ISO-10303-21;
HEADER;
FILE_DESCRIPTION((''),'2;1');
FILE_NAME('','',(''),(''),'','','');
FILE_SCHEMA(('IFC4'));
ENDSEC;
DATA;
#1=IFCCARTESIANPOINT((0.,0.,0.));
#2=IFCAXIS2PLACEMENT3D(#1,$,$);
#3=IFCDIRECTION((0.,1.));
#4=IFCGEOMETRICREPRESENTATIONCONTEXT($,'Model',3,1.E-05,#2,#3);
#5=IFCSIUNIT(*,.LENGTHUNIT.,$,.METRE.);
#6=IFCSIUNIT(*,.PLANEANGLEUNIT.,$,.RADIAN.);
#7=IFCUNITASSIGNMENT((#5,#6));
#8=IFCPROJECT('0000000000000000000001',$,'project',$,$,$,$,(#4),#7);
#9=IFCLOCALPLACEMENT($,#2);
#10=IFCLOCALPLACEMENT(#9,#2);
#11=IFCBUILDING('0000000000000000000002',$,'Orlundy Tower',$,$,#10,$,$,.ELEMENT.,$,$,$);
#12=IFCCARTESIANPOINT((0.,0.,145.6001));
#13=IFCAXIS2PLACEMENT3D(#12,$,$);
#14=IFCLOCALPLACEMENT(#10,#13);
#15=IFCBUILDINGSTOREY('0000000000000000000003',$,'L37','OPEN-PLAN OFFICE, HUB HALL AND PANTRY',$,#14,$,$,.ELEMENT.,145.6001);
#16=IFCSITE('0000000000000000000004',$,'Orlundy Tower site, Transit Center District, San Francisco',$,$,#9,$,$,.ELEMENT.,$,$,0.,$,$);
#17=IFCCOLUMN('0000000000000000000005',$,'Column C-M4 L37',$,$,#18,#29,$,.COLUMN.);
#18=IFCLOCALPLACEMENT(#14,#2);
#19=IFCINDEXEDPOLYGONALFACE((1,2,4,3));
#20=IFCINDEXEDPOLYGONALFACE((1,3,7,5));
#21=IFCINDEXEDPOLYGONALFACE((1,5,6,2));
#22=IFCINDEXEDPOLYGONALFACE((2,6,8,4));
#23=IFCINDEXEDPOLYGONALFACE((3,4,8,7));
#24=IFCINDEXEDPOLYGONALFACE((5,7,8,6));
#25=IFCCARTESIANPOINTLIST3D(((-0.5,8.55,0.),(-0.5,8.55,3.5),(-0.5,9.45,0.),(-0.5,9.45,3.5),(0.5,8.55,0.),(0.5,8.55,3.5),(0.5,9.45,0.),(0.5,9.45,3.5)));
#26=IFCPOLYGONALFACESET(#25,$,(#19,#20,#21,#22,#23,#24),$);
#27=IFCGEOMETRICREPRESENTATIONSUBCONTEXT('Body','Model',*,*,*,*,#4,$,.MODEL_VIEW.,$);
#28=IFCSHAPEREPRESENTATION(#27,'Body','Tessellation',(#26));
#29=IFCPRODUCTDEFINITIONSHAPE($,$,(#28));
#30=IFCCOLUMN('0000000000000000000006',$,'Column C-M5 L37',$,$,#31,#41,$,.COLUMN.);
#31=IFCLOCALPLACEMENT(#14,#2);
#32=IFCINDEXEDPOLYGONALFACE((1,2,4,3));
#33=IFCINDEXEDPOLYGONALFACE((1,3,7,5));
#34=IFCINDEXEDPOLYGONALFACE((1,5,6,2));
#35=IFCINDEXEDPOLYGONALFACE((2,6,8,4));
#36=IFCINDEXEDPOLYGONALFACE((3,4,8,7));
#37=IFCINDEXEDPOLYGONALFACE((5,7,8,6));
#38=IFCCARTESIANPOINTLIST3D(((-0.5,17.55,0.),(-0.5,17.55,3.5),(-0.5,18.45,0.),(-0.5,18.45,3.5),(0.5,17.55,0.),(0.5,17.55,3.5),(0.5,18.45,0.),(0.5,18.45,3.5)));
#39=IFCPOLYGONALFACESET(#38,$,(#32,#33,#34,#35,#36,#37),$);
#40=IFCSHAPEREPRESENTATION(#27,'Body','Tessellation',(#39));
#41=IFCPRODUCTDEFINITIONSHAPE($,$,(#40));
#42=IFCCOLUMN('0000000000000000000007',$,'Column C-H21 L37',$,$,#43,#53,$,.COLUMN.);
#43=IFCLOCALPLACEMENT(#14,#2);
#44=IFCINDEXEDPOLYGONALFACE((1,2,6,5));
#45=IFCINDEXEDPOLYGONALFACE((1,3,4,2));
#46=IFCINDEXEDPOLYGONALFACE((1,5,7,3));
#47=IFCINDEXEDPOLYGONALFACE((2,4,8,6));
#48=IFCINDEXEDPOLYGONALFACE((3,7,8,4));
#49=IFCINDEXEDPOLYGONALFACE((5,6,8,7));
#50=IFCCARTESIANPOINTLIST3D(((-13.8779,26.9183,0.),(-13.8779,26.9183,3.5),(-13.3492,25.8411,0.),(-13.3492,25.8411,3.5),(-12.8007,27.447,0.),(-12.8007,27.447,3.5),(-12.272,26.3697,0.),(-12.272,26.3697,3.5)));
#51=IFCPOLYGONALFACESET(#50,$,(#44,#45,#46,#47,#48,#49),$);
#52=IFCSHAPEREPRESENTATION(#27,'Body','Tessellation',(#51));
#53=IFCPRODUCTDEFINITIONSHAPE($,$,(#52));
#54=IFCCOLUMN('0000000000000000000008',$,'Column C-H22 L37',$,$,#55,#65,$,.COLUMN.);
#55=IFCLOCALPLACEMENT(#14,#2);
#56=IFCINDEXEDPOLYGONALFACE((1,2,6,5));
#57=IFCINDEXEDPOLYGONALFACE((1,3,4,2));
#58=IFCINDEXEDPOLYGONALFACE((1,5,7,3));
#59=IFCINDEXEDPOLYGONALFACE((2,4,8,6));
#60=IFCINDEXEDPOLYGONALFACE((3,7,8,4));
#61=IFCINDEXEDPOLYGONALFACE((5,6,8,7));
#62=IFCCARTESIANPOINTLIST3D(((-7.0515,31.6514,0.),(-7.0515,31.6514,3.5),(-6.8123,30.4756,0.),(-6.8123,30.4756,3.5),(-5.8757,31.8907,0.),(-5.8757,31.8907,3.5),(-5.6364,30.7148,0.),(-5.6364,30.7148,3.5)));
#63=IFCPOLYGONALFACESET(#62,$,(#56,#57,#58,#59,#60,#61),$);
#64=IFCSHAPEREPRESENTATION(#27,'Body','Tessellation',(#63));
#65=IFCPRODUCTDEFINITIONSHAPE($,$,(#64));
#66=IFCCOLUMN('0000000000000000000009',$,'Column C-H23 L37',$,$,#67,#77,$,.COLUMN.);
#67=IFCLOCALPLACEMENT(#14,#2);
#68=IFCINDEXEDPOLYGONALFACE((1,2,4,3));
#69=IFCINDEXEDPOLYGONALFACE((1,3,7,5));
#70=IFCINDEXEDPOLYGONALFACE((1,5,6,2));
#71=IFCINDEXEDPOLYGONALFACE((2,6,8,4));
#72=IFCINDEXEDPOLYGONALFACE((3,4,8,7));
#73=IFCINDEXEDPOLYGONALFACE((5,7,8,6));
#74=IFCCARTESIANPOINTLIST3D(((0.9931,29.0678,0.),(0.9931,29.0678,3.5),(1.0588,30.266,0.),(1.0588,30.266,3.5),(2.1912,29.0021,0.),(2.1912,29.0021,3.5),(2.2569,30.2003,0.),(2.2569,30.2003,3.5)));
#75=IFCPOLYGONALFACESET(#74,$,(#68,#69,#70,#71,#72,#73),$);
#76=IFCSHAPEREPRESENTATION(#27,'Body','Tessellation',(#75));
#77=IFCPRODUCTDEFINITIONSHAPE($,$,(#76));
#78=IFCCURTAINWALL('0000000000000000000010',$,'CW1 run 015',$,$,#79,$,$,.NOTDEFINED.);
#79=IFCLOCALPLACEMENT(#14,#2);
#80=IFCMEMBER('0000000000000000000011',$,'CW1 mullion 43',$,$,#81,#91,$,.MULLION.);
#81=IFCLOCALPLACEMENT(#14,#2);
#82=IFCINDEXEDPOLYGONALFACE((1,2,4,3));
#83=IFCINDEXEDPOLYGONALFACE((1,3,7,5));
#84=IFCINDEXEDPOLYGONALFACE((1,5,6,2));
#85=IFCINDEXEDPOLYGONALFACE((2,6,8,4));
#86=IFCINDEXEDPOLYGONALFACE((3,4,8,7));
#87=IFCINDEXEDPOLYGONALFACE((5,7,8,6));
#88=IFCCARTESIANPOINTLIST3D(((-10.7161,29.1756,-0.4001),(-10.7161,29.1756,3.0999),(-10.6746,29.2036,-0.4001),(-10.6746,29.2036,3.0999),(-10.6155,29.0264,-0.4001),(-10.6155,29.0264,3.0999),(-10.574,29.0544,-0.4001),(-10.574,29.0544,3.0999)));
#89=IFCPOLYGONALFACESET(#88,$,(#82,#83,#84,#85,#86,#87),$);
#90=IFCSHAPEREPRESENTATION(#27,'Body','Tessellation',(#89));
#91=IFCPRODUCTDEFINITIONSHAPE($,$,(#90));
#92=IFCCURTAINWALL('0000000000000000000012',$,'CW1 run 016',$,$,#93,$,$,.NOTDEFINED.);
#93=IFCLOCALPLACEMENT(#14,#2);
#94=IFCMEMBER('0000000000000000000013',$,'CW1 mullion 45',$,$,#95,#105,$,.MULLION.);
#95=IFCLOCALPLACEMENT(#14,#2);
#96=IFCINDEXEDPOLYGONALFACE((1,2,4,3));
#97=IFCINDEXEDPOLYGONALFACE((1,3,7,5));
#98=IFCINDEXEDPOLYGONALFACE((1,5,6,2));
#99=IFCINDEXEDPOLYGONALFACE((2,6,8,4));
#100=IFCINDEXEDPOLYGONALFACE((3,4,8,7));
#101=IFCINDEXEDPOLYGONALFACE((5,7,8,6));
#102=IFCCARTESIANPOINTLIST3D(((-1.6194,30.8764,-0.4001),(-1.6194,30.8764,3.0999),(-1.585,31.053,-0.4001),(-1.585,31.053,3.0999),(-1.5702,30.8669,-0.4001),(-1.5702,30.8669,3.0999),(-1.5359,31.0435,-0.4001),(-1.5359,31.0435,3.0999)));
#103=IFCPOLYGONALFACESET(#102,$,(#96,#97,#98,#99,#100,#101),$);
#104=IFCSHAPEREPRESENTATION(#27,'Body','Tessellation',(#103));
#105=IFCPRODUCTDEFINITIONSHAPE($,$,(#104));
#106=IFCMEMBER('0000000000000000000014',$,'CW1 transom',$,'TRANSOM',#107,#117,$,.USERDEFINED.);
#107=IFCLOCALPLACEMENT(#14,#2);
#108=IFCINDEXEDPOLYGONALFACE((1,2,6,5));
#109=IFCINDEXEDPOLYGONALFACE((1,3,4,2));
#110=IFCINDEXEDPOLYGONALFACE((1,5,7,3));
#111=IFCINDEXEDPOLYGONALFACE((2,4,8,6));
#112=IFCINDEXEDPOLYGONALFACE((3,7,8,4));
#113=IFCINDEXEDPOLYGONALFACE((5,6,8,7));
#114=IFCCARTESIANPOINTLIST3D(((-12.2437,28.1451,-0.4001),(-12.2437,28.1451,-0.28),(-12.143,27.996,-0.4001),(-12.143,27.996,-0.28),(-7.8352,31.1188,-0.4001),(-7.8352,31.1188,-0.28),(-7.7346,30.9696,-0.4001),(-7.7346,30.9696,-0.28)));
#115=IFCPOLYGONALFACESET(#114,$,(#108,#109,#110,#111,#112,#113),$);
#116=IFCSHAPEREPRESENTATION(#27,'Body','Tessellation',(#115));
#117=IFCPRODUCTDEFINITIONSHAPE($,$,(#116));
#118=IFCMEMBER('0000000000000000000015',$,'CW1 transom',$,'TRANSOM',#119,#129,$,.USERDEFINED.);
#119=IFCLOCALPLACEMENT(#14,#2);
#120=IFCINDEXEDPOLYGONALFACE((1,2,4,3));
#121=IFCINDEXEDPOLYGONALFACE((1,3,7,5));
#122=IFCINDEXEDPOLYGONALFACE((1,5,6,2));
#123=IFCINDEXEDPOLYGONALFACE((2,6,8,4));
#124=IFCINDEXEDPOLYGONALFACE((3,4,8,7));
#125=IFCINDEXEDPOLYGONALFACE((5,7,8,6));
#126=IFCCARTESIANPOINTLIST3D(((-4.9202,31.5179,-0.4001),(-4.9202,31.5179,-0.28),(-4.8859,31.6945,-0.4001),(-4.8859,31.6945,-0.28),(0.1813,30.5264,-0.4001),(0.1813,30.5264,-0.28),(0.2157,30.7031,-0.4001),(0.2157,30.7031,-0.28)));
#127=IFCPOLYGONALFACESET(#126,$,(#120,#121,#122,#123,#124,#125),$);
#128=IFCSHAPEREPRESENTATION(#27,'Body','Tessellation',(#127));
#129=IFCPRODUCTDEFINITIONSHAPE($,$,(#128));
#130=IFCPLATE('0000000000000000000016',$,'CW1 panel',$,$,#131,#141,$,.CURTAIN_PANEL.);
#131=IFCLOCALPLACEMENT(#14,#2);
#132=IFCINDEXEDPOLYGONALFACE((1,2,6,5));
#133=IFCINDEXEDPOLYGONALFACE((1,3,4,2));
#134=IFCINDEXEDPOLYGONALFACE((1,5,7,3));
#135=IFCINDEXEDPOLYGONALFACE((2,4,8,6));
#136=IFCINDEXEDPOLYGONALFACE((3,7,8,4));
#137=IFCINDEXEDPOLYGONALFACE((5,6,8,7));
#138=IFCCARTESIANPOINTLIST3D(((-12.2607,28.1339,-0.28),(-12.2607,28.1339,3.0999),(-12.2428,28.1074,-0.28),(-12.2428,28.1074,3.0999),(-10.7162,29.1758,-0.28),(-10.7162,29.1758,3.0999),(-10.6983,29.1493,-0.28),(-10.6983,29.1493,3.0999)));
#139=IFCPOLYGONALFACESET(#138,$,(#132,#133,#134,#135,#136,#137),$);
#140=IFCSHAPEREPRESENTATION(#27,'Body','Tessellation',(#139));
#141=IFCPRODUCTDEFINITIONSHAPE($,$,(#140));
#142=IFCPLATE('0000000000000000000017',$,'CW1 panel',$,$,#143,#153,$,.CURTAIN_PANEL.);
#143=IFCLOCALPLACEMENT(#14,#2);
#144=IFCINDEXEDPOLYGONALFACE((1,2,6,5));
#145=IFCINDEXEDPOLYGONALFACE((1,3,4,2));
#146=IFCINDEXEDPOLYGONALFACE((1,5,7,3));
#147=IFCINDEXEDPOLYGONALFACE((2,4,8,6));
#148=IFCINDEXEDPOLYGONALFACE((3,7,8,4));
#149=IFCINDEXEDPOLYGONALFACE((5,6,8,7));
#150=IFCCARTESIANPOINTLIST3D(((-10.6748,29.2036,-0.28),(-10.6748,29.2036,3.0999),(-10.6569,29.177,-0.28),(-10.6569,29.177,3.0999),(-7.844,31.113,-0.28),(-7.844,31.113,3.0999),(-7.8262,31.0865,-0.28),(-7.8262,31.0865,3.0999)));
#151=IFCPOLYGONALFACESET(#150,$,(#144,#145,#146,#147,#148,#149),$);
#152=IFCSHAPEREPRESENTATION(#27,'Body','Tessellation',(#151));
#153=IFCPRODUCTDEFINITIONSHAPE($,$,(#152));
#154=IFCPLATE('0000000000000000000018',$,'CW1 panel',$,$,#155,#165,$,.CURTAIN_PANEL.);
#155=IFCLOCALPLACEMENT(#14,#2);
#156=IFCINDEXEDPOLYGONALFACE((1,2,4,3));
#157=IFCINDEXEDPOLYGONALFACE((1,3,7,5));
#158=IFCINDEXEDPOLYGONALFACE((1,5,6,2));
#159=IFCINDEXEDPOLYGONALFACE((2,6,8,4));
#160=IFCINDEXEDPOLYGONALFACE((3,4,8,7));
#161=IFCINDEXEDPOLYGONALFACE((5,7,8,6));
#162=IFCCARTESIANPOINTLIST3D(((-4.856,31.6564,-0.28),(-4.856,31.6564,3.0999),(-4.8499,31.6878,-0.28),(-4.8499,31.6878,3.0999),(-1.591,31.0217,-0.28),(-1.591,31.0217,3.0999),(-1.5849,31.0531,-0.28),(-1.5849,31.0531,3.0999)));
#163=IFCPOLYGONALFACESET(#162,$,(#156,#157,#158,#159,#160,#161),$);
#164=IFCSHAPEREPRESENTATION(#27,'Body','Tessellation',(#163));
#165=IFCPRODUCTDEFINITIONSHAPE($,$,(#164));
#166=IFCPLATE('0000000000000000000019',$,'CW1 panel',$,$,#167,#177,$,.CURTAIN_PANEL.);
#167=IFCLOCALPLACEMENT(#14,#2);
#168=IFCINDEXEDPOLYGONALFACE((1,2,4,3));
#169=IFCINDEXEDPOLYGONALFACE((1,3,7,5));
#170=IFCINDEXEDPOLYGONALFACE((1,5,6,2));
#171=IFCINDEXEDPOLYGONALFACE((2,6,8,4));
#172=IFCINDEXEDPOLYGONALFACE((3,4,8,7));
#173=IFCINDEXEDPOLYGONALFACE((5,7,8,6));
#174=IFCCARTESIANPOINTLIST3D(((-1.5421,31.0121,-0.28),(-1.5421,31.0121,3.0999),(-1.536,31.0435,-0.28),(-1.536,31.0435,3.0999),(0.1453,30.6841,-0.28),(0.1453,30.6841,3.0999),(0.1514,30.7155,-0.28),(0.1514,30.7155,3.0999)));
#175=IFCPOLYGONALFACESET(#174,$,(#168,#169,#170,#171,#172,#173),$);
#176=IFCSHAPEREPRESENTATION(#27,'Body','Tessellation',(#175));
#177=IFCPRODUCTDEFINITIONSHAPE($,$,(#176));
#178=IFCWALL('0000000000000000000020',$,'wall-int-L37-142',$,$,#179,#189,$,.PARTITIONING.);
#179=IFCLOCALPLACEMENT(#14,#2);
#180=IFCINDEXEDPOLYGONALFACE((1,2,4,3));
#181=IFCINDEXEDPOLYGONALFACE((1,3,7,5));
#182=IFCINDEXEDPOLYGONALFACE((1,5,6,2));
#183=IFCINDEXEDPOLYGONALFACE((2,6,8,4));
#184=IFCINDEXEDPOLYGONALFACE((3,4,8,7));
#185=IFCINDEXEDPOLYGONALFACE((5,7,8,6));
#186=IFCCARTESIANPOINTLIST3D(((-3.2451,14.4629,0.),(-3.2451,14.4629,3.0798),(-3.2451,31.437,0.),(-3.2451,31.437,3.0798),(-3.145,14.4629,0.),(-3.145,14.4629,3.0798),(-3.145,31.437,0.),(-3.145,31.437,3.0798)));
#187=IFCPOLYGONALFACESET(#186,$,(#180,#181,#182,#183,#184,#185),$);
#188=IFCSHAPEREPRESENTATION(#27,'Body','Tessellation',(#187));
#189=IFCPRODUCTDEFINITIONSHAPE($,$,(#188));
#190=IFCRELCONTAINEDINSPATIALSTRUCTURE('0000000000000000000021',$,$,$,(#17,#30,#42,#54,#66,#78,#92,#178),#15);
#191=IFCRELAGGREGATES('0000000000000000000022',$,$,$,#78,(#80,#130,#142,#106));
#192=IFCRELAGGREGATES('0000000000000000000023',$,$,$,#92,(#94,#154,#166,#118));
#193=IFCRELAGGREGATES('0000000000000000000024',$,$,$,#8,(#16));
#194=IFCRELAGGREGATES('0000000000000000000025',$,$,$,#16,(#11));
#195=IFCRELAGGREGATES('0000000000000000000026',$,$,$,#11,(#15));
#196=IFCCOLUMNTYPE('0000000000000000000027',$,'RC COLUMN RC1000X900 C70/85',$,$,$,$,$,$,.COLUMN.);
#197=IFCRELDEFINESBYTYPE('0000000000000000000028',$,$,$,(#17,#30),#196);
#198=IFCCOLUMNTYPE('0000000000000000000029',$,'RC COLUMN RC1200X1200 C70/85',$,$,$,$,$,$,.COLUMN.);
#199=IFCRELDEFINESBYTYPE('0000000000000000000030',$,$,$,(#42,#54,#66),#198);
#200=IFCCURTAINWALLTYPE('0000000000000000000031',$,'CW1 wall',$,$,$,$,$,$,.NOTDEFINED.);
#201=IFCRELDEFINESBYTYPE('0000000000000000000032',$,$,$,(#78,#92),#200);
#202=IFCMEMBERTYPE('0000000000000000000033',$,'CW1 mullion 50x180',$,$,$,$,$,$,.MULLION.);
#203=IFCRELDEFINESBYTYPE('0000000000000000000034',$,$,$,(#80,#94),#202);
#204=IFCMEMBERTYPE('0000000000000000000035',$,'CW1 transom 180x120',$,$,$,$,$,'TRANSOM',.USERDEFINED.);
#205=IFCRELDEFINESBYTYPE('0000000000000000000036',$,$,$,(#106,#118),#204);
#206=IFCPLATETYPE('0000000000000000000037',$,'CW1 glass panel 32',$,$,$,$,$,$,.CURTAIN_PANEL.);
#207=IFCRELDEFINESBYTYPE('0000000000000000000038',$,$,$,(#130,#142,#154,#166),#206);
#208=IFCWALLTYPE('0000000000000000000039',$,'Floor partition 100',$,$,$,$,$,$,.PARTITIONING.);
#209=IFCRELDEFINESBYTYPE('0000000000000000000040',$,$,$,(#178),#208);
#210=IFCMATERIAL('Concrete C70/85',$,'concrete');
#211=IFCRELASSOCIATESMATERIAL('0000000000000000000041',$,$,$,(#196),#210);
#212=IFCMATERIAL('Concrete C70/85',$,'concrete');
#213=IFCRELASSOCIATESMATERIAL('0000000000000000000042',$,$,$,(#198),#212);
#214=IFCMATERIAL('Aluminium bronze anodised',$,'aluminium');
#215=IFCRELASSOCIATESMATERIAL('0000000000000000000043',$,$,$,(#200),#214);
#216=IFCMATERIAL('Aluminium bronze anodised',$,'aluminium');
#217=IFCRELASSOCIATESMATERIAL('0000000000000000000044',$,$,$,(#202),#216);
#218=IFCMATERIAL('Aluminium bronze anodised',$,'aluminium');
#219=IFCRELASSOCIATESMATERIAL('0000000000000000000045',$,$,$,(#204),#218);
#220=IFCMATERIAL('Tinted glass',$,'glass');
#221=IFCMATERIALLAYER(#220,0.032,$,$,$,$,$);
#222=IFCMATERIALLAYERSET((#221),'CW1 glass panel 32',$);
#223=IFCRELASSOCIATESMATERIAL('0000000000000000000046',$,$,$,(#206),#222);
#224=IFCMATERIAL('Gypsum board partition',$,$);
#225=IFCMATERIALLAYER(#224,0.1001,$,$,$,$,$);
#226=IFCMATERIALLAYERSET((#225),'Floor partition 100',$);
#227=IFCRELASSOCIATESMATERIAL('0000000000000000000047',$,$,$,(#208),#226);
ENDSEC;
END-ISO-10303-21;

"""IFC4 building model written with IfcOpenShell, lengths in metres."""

from ifc_helpers import new_model, si_unit, direction, frame, frame_2d, origin, origin_2d, place, context, subcontext, project, spatial, rectangle, extrude, material, layer, layer_set, material_profile, profile_set, type_object, element, aggregate, save


model = new_model("IFC4")

# Units and contexts
model_context = context("Model", 3, precision=1e-05, world=origin(), true_north=direction((0.0, 1.0)))
body_context = subcontext(model_context, "Body", "Model", "MODEL_VIEW")
ifc_project = project(units=[si_unit("LENGTHUNIT", "METRE"), si_unit("PLANEANGLEUNIT", "RADIAN")], contexts=[model_context])

# Site, building, storey
site_placement = place(None, origin())
site = spatial("IfcSite", under=ifc_project, at=site_placement, Name="Orlundy Tower site, Transit Center District, San Francisco", CompositionType="ELEMENT", RefElevation=0.0)
building_placement = place(site_placement, origin())
building = spatial("IfcBuilding", under=site, at=building_placement, Name="Orlundy Tower", CompositionType="ELEMENT")
storey_placement = place(building_placement, frame((0.0, 0.0, 145.6001)))
storey = spatial("IfcBuildingStorey", under=building, at=storey_placement, Name="L37", Description="OPEN-PLAN OFFICE, HUB HALL AND PANTRY", CompositionType="ELEMENT", Elevation=145.6001)

# Columns
ifc_material_1 = material(Name="Concrete C70/85", Category="concrete")
ifc_material_profile_1 = material_profile(ifc_material_1, rectangle(XDim=1.0, YDim=0.8999, at=origin_2d()), Name="RC1000X900")
ifc_profile_set_1 = profile_set([ifc_material_profile_1], Name="Concrete C70/85")
column_type_1 = type_object("IfcColumnType", Name="RC COLUMN RC1000X900 C70/85", PredefinedType="COLUMN", material=ifc_profile_set_1)
for number, where, z_axis, x_axis, name in (
    (1, (0.0, 9.0, 0.0), (0.0, 0.0, 1.0), (1.0, 0.0, 0.0), "Column C-M4 L37"),
    (2, (0.0, 18.0, 0.0), (0.0, 0.0, 1.0), (1.0, 0.0, 0.0), "Column C-M5 L37"),
):
    element("IfcColumn", number, at=place(storey_placement, frame(where, z_axis=z_axis, x_axis=x_axis)), inside=storey, type_object=column_type_1, Name=name, PredefinedType="COLUMN", context=body_context, shape_type="SweptSolid", body=[
        extrude(rectangle(XDim=1.0, YDim=0.8999, at=origin_2d()), origin(), (0.0, 0.0, 1.0), 3.5),
    ])
ifc_material_2 = material(Name="Concrete C70/85", Category="concrete")
ifc_material_profile_2 = material_profile(ifc_material_2, rectangle(XDim=1.2, YDim=1.2, at=origin_2d()), Name="RC1200X1200")
ifc_profile_set_2 = profile_set([ifc_material_profile_2], Name="Concrete C70/85")
column_type_2 = type_object("IfcColumnType", Name="RC COLUMN RC1200X1200 C70/85", PredefinedType="COLUMN", material=ifc_profile_set_2)
for number, where, z_axis, x_axis, name in (
    (3, (-13.075, 26.644, 0.0), (0.0, 0.0, 1.0), (-0.44055, 0.897728, 0.0), "Column C-H21 L37"),
    (4, (-6.344, 31.1831, 0.0), (0.0, 0.0, 1.0), (-0.199368, 0.979925, 0.0), "Column C-H22 L37"),
    (5, (1.625, 29.634, 0.0), (0.0, 0.0, 1.0), (0.054758, 0.9985, 0.0), "Column C-H23 L37"),
):
    element("IfcColumn", number, at=place(storey_placement, frame(where, z_axis=z_axis, x_axis=x_axis)), inside=storey, type_object=column_type_2, Name=name, PredefinedType="COLUMN", context=body_context, shape_type="SweptSolid", body=[
        extrude(rectangle(XDim=1.2, YDim=1.2, at=origin_2d()), origin(), (0.0, 0.0, 1.0), 3.5),
    ])

# Curtain walls, members
ifc_material_3 = material(Name="Aluminium bronze anodised", Category="aluminium")
curtain_wall_type = type_object("IfcCurtainWallType", Name="CW1 wall", PredefinedType="NOTDEFINED", material=ifc_material_3)
curtain_wall_1_placement = place(storey_placement, origin())
curtain_wall_1 = element("IfcCurtainWall", 6, at=curtain_wall_1_placement, inside=storey, type_object=curtain_wall_type, Name="CW1 run 015", PredefinedType="NOTDEFINED")
ifc_material_4 = material(Name="Aluminium bronze anodised", Category="aluminium")
ifc_material_profile_3 = material_profile(ifc_material_4, rectangle(XDim=0.1799, YDim=0.05, at=origin_2d()), Name="CW1 mullion 50x180")
ifc_profile_set_3 = profile_set([ifc_material_profile_3], Name="Aluminium bronze anodised")
member_type_1 = type_object("IfcMemberType", Name="CW1 mullion 50x180", PredefinedType="MULLION", material=ifc_profile_set_3)
member_1_placement = place(storey_placement, frame((-10.645, 29.115, -0.4001), z_axis=(0.0, 0.0, 1.0), x_axis=(-0.559205, 0.82903, 0.0)))
member_1 = element("IfcMember", 7, at=member_1_placement, type_object=member_type_1, Name="CW1 mullion 43", PredefinedType="MULLION", context=body_context, shape_type="SweptSolid", body=[
    extrude(rectangle(XDim=0.1799, YDim=0.05, at=origin_2d()), origin(), (0.0, 0.0, 1.0), 3.5),
])
curtain_wall_2_placement = place(storey_placement, origin())
curtain_wall_2 = element("IfcCurtainWall", 8, at=curtain_wall_2_placement, inside=storey, type_object=curtain_wall_type, Name="CW1 run 016", PredefinedType="NOTDEFINED")
member_2_placement = place(storey_placement, frame((-1.5776, 30.96, -0.4001), z_axis=(0.0, 0.0, 1.0), x_axis=(0.190805, 0.981628, 0.0)))
member_2 = element("IfcMember", 9, at=member_2_placement, type_object=member_type_1, Name="CW1 mullion 45", PredefinedType="MULLION", context=body_context, shape_type="SweptSolid", body=[
    extrude(rectangle(XDim=0.1799, YDim=0.05, at=origin_2d()), origin(), (0.0, 0.0, 1.0), 3.5),
])

# Members
ifc_material_5 = material(Name="Aluminium bronze anodised", Category="aluminium")
ifc_material_profile_4 = material_profile(ifc_material_5, rectangle(XDim=0.1799, YDim=0.1201, at=origin_2d()), Name="CW1 transom 180x120")
ifc_profile_set_4 = profile_set([ifc_material_profile_4], Name="Aluminium bronze anodised")
member_type_2 = type_object("IfcMemberType", Name="CW1 transom 180x120", ElementType="TRANSOM", PredefinedType="USERDEFINED", material=ifc_profile_set_4)
member_3_placement = place(storey_placement, frame((-12.1934, 28.0706, -0.3401), z_axis=(0.829029, 0.559206, 0.0), x_axis=(-0.559206, 0.829029, 0.0)))
member_3 = element("IfcMember", 10, at=member_3_placement, type_object=member_type_2, Name="CW1 transom", ObjectType="TRANSOM", PredefinedType="USERDEFINED", context=body_context, shape_type="SweptSolid", body=[
    extrude(rectangle(XDim=0.1799, YDim=0.1201, at=origin_2d()), origin(), (0.0, 0.0, 1.0), 5.3176),
])
member_4_placement = place(storey_placement, frame((-4.9031, 31.6062, -0.3401), z_axis=(0.981634, -0.190774, 0.0), x_axis=(0.190774, 0.981634, 0.0)))
member_4 = element("IfcMember", 11, at=member_4_placement, type_object=member_type_2, Name="CW1 transom", ObjectType="TRANSOM", PredefinedType="USERDEFINED", context=body_context, shape_type="SweptSolid", body=[
    extrude(rectangle(XDim=0.1799, YDim=0.1201, at=origin_2d()), origin(), (0.0, 0.0, 1.0), 5.197),
])

# Plates
ifc_material_6 = material(Name="Tinted glass", Category="glass")
ifc_layer_1 = layer(ifc_material_6, 0.032)
ifc_layer_set_1 = layer_set([ifc_layer_1], Name="CW1 glass panel 32")
plate_type = type_object("IfcPlateType", Name="CW1 glass panel 32", PredefinedType="CURTAIN_PANEL", material=ifc_layer_set_1)
plate_1_placement = place(storey_placement, frame((-11.4795, 28.6416, -0.28), z_axis=(0.0, 0.0, 1.0), x_axis=(0.82903, 0.559205, 0.0)))
plate_1 = element("IfcPlate", 12, at=plate_1_placement, type_object=plate_type, Name="CW1 panel", PredefinedType="CURTAIN_PANEL", context=body_context, shape_type="SweptSolid", body=[
    extrude(rectangle(XDim=1.863, YDim=0.032, at=origin_2d()), origin(), (0.0, 0.0, 1.0), 3.3799),
])
plate_2_placement = place(storey_placement, frame((-9.2505, 30.145, -0.28), z_axis=(0.0, 0.0, 1.0), x_axis=(0.82903, 0.559205, 0.0)))
plate_2 = element("IfcPlate", 13, at=plate_2_placement, type_object=plate_type, Name="CW1 panel", PredefinedType="CURTAIN_PANEL", context=body_context, shape_type="SweptSolid", body=[
    extrude(rectangle(XDim=3.4146, YDim=0.032, at=origin_2d()), origin(), (0.0, 0.0, 1.0), 3.3799),
])
aggregate(curtain_wall_1, [member_1, plate_1, plate_2, member_3])
plate_3_placement = place(storey_placement, frame((-3.2205, 31.3547, -0.28), z_axis=(0.0, 0.0, 1.0), x_axis=(0.981628, -0.190805, 0.0)))
plate_3 = element("IfcPlate", 14, at=plate_3_placement, type_object=plate_type, Name="CW1 panel", PredefinedType="CURTAIN_PANEL", context=body_context, shape_type="SweptSolid", body=[
    extrude(rectangle(XDim=3.3262, YDim=0.032, at=origin_2d()), origin(), (0.0, 0.0, 1.0), 3.3799),
])
plate_4_placement = place(storey_placement, frame((-0.6953, 30.8638, -0.28), z_axis=(0.0, 0.0, 1.0), x_axis=(0.981628, -0.190805, 0.0)))
plate_4 = element("IfcPlate", 15, at=plate_4_placement, type_object=plate_type, Name="CW1 panel", PredefinedType="CURTAIN_PANEL", context=body_context, shape_type="SweptSolid", body=[
    extrude(rectangle(XDim=1.719, YDim=0.032, at=origin_2d()), origin(), (0.0, 0.0, 1.0), 3.3799),
])
aggregate(curtain_wall_2, [member_2, plate_3, plate_4, member_4])

# Wall
ifc_material_7 = material(Name="Gypsum board partition")
ifc_layer_2 = layer(ifc_material_7, 0.1001)
ifc_layer_set_2 = layer_set([ifc_layer_2], Name="Floor partition 100")
wall_type_1 = type_object("IfcWallType", Name="Floor partition 100", PredefinedType="PARTITIONING", material=ifc_layer_set_2)
wall_1_placement = place(storey_placement, frame((-3.1951, 14.4629, 0.0), z_axis=(0.0, 0.0, 1.0), x_axis=(0.0, 1.0, 0.0)))
element("IfcWall", 16, at=wall_1_placement, inside=storey, type_object=wall_type_1, Name="wall-int-L37-142", PredefinedType="PARTITIONING", context=body_context, shape_type="SweptSolid", body=[
    extrude(rectangle(XDim=16.9741, YDim=0.1001, at=frame_2d((8.4871, 0.0))), origin(), (0.0, 0.0, 1.0), 3.0798),
])

save(model, "model.ifc")
